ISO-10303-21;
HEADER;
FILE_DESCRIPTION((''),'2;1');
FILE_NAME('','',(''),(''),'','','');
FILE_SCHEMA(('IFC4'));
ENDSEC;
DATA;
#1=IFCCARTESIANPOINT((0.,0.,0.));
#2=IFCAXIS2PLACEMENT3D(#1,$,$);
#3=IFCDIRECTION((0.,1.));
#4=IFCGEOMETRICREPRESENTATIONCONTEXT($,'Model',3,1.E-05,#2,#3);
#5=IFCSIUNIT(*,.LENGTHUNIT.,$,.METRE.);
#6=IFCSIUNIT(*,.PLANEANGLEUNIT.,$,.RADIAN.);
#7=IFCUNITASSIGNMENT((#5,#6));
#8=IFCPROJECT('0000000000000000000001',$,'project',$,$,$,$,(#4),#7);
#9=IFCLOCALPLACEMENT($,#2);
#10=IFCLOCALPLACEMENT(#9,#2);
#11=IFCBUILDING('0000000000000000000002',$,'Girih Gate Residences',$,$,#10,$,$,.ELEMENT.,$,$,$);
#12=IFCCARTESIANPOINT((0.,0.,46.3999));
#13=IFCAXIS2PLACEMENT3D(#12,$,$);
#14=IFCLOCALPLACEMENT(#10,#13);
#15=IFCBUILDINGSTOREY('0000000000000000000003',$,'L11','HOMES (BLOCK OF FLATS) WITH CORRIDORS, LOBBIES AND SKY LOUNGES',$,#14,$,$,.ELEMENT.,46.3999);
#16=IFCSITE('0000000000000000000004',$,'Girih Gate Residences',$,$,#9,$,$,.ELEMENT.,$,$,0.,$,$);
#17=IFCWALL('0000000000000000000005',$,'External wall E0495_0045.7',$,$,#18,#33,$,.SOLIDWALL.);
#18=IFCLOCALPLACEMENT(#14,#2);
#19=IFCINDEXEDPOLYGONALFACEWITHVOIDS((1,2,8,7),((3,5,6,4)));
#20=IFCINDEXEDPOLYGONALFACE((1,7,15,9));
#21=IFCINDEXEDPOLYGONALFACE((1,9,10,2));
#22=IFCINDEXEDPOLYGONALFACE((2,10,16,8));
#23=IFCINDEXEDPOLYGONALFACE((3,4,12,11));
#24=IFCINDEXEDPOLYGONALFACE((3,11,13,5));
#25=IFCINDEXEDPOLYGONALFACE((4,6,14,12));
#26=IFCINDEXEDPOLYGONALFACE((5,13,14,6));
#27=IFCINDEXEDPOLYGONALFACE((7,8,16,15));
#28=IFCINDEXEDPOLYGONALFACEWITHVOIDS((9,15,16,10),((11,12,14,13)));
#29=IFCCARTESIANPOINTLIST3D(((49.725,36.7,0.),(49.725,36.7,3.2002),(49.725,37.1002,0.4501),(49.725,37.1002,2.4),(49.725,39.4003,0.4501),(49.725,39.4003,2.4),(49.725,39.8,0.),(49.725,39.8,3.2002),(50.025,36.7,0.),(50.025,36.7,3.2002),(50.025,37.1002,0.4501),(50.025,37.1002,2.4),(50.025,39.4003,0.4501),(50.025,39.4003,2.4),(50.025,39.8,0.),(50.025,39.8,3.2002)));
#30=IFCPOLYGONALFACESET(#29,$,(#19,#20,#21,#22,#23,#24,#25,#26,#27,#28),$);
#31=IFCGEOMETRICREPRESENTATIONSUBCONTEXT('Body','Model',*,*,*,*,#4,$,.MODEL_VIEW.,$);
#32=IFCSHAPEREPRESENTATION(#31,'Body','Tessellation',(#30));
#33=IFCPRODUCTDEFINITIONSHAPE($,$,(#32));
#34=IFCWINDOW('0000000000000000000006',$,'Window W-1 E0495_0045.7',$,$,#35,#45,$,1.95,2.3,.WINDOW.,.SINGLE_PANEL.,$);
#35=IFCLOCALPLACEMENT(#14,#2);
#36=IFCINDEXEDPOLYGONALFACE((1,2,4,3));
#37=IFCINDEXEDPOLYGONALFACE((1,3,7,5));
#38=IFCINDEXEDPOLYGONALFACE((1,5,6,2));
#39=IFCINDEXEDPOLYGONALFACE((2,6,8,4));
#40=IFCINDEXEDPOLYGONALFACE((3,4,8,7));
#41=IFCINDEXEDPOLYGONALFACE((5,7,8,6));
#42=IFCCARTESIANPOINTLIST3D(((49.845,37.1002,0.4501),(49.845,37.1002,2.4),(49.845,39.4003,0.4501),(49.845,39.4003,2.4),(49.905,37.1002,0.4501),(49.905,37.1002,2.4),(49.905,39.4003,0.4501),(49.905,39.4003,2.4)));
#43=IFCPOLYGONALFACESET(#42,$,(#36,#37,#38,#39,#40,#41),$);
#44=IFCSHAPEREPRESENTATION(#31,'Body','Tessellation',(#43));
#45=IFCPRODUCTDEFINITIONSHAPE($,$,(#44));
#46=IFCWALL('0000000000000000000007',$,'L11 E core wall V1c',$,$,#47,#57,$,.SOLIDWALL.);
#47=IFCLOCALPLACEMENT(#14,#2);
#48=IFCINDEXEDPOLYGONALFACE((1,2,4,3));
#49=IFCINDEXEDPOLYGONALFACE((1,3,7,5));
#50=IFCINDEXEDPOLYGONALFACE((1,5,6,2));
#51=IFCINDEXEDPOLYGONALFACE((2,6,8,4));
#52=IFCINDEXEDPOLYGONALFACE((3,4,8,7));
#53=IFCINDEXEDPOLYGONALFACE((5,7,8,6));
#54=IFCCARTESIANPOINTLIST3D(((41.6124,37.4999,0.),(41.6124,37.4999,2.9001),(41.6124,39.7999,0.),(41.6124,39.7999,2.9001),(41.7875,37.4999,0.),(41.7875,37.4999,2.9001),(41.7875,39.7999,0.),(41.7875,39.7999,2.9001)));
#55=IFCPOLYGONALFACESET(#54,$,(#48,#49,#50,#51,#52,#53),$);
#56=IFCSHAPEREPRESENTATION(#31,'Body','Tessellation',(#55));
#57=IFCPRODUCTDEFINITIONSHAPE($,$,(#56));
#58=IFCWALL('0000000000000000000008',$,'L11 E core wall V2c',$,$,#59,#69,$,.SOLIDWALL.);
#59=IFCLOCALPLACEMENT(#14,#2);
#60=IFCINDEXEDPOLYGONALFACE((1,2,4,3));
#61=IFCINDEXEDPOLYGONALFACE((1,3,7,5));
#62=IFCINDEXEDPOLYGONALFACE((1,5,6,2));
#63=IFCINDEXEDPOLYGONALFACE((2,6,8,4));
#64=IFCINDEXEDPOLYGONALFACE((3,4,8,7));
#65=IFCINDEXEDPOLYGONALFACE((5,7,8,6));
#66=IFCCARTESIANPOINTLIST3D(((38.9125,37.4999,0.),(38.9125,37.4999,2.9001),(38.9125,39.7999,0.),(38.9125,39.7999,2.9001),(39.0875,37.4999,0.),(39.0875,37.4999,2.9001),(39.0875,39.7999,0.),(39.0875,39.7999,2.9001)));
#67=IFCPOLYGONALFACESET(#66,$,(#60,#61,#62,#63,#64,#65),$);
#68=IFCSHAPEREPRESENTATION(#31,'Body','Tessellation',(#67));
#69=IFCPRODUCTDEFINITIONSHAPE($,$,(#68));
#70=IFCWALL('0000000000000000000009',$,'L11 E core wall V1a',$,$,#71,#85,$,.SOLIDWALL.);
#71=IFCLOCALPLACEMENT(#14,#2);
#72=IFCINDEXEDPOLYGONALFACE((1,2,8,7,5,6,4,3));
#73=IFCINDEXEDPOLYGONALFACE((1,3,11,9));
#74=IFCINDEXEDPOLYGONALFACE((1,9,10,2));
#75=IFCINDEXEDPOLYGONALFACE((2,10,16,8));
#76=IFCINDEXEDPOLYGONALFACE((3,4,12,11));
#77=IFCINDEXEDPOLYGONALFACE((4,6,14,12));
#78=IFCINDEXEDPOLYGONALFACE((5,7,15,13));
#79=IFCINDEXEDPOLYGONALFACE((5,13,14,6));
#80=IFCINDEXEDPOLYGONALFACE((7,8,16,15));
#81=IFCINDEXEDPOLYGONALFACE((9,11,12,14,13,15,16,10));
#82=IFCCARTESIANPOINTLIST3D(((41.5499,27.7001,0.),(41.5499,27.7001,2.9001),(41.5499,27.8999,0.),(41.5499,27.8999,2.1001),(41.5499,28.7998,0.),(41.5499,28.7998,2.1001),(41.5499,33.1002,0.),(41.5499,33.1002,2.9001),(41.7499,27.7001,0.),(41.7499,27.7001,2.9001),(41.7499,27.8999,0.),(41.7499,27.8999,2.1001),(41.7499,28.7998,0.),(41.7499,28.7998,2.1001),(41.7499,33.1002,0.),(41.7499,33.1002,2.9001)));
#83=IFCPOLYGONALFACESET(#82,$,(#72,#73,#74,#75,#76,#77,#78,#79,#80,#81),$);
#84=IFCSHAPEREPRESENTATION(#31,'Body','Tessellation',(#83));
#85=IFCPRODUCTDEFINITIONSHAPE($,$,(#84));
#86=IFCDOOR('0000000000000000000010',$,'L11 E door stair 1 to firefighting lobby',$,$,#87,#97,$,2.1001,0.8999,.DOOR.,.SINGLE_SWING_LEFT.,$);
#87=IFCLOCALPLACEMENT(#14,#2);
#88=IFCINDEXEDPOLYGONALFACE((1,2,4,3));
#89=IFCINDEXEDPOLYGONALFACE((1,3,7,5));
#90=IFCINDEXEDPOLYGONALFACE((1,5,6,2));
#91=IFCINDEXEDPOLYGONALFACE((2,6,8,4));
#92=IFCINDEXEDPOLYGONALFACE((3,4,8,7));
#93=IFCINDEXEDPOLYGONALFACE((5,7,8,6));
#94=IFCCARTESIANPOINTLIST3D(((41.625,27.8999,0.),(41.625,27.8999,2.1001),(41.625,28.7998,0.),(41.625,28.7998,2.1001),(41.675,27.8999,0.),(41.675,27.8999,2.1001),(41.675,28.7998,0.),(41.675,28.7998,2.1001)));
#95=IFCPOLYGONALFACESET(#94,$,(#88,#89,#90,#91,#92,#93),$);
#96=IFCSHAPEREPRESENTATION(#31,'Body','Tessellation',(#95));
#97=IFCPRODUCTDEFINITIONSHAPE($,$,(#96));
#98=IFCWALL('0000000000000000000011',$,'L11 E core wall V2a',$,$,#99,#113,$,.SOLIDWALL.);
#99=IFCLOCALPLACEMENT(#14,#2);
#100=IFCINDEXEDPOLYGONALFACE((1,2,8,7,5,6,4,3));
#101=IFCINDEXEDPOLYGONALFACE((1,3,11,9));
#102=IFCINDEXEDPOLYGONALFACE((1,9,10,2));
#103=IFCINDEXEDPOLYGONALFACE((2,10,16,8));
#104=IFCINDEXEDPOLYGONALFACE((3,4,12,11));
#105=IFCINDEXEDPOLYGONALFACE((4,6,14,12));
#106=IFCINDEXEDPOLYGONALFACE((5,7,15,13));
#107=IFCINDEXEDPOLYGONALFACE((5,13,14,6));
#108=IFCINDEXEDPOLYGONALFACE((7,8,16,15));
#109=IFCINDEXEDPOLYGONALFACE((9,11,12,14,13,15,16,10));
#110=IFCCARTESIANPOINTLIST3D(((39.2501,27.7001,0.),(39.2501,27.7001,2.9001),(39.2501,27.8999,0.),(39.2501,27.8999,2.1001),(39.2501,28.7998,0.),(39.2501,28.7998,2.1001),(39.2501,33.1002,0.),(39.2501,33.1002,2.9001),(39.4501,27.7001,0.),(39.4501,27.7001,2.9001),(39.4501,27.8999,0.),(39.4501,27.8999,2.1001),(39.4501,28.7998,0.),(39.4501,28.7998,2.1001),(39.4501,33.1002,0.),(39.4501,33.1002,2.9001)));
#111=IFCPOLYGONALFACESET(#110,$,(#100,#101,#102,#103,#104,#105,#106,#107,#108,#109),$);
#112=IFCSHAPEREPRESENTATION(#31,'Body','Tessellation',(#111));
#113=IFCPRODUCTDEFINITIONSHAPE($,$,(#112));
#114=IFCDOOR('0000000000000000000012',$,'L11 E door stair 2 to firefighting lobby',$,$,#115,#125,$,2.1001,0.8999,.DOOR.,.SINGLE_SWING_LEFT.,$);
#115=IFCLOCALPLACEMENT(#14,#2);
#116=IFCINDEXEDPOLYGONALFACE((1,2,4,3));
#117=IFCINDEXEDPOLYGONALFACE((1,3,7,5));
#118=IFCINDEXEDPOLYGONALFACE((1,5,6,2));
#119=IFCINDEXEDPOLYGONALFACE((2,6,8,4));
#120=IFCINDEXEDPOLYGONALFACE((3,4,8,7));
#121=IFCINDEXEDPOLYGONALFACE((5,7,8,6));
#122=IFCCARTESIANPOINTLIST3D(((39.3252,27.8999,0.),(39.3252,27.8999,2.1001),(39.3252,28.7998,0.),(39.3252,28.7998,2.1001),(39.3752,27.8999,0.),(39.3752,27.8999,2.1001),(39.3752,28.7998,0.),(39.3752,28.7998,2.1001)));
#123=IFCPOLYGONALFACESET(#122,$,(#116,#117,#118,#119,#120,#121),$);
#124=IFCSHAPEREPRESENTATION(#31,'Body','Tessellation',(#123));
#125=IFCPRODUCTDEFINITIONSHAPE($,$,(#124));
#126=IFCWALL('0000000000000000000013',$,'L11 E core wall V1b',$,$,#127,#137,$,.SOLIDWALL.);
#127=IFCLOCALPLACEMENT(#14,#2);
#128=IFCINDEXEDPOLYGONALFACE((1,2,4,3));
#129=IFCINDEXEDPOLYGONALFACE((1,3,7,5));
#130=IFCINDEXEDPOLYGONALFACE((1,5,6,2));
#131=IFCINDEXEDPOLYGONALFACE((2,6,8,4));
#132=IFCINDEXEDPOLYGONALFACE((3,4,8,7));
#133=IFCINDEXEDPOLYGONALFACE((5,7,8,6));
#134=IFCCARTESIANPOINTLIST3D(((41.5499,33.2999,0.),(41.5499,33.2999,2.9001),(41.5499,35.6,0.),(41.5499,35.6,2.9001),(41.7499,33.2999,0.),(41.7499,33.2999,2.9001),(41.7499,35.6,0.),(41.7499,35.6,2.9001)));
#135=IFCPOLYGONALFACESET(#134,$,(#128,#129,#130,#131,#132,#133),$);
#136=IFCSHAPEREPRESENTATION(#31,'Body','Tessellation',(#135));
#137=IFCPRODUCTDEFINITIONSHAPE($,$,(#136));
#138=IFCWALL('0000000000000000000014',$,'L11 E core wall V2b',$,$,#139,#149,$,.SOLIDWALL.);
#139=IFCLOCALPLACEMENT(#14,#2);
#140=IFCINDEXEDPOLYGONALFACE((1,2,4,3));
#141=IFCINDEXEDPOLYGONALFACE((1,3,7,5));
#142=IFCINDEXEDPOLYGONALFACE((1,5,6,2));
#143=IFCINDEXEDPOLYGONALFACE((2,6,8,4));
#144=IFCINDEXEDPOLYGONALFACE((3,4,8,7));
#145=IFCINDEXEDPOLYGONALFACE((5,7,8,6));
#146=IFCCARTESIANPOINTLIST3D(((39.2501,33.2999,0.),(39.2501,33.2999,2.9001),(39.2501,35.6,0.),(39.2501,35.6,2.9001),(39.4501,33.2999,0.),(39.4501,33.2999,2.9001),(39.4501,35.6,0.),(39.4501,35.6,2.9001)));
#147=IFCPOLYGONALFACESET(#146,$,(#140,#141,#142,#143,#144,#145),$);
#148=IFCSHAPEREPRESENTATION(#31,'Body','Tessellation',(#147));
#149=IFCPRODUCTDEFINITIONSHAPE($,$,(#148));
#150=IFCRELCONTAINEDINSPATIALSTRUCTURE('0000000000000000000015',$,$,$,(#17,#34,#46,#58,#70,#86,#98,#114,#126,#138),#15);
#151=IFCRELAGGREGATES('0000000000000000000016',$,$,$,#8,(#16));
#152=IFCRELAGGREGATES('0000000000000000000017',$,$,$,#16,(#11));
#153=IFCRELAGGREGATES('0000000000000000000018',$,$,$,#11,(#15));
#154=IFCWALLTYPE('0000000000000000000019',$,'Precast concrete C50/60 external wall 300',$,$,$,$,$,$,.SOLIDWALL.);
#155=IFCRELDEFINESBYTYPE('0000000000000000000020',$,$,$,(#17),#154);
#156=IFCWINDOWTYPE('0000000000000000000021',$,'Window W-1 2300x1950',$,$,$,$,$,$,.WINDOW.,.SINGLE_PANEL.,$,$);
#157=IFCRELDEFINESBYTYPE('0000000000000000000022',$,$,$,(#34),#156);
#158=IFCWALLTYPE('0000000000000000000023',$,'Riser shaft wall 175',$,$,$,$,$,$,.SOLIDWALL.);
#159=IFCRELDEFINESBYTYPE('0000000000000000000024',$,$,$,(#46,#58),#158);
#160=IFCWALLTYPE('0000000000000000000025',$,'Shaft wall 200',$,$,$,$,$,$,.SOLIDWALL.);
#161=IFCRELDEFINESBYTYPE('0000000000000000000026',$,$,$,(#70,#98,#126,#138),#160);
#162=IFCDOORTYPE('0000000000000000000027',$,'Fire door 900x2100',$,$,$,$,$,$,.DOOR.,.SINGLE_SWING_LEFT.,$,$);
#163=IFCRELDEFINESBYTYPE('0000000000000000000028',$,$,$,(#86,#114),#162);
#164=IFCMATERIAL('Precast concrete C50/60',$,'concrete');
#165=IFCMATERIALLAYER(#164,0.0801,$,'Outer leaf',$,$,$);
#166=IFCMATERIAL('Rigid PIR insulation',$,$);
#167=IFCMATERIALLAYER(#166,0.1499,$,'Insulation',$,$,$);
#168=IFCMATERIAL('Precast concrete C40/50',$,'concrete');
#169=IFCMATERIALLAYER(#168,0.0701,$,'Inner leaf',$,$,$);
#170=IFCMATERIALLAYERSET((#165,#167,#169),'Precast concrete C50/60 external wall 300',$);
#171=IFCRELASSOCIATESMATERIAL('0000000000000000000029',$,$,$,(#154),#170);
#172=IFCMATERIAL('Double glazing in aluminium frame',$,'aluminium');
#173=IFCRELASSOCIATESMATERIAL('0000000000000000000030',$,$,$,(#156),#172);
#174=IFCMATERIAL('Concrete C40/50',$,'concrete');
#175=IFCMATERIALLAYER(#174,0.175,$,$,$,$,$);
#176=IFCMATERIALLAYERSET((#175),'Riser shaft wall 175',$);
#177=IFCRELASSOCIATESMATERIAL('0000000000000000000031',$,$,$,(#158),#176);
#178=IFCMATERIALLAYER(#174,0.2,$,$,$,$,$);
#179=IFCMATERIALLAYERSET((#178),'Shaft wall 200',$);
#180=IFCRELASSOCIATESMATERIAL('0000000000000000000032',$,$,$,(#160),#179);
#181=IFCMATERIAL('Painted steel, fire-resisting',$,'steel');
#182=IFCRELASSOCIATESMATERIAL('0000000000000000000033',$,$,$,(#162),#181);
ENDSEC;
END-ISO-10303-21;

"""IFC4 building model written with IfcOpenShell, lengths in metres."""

from ifc_helpers import new_model, si_unit, direction, frame, frame_2d, origin, place, context, subcontext, project, spatial, rectangle, extrude, material, layer, layer_set, type_object, element, fill, save


model = new_model("IFC4")

# Units and contexts
model_context = context("Model", 3, precision=1e-05, world=origin(), true_north=direction((0.0, 1.0)))
body_context = subcontext(model_context, "Body", "Model", "MODEL_VIEW")
ifc_project = project(units=[si_unit("LENGTHUNIT", "METRE"), si_unit("PLANEANGLEUNIT", "RADIAN")], contexts=[model_context])

# Site, building, storey
site_placement = place(None, origin())
site = spatial("IfcSite", under=ifc_project, at=site_placement, Name="Girih Gate Residences", CompositionType="ELEMENT", RefElevation=0.0)
building_placement = place(site_placement, origin())
building = spatial("IfcBuilding", under=site, at=building_placement, Name="Girih Gate Residences", CompositionType="ELEMENT")
storey_placement = place(building_placement, frame((0.0, 0.0, 46.3999)))
storey = spatial("IfcBuildingStorey", under=building, at=storey_placement, Name="L11", Description="HOMES (BLOCK OF FLATS) WITH CORRIDORS, LOBBIES AND SKY LOUNGES", CompositionType="ELEMENT", Elevation=46.3999)

# Wall, opening, window
ifc_material_1 = material(Name="Precast concrete C50/60", Category="concrete")
ifc_layer_1 = layer(ifc_material_1, 0.0801, Name="Outer leaf")
ifc_material_2 = material(Name="Rigid PIR insulation")
ifc_layer_2 = layer(ifc_material_2, 0.1499, Name="Insulation")
ifc_material_3 = material(Name="Precast concrete C40/50", Category="concrete")
ifc_layer_3 = layer(ifc_material_3, 0.0701, Name="Inner leaf")
ifc_layer_set_1 = layer_set([ifc_layer_1, ifc_layer_2, ifc_layer_3], Name="Precast concrete C50/60 external wall 300")
wall_type_1 = type_object("IfcWallType", Name="Precast concrete C50/60 external wall 300", PredefinedType="SOLIDWALL", material=ifc_layer_set_1)
ifc_material_4 = material(Name="Double glazing in aluminium frame", Category="aluminium")
window_type = type_object("IfcWindowType", Name="Window W-1 2300x1950", PartitioningType="SINGLE_PANEL", PredefinedType="WINDOW", material=ifc_material_4)
wall_1_placement = place(storey_placement, frame((49.875, 39.8, 0.0), z_axis=(0.0, 0.0, 1.0), x_axis=(0.0, -1.0, 0.0)))
wall_1 = element("IfcWall", 1, at=wall_1_placement, inside=storey, type_object=wall_type_1, Name="External wall E0495_0045.7", PredefinedType="SOLIDWALL", context=body_context, shape_type="SweptSolid", body=[
    extrude(rectangle(XDim=3.1001, YDim=0.3, at=frame_2d((1.55, 0.0))), origin(), (0.0, 0.0, 1.0), 3.2002),
])
opening_1_placement = place(wall_1_placement, frame((0.3999, 0.0, 0.45)))
opening_1 = element("IfcOpeningElement", 2, at=opening_1_placement, cuts=wall_1, PredefinedType="OPENING", context=body_context, shape_type="SweptSolid", body=[
    extrude(rectangle(XDim=2.3, YDim=1.95, at=frame_2d((1.1499, 0.9751))), frame((0.0, 0.1599, 0.0), z_axis=(0.0, -1.0, 0.0), x_axis=(1.0, 0.0, 0.0)), (0.0, 0.0, 1.0), 0.3201),
])
window_1_placement = place(opening_1_placement, origin())
window_1 = element("IfcWindow", 3, at=window_1_placement, inside=storey, type_object=window_type, Name="Window W-1 E0495_0045.7", OverallHeight=1.95, OverallWidth=2.3, PartitioningType="SINGLE_PANEL", PredefinedType="WINDOW", context=body_context, shape_type="SweptSolid", body=[
    extrude(rectangle(XDim=2.3, YDim=1.95, at=frame_2d((1.1499, 0.9751))), frame((0.0, 0.03, 0.0), z_axis=(0.0, -1.0, 0.0), x_axis=(1.0, 0.0, 0.0)), (0.0, 0.0, 1.0), 0.0601),
])
fill(opening_1, window_1)

# Walls
ifc_material_5 = material(Name="Concrete C40/50", Category="concrete")
ifc_layer_4 = layer(ifc_material_5, 0.175)
ifc_layer_set_2 = layer_set([ifc_layer_4], Name="Riser shaft wall 175")
wall_type_2 = type_object("IfcWallType", Name="Riser shaft wall 175", PredefinedType="SOLIDWALL", material=ifc_layer_set_2)
for number, where, z_axis, x_axis, name in (
    (4, (41.7, 37.5, 0.0), (0.0, 0.0, 1.0), (0.0, 1.0, 0.0), "L11 E core wall V1c"),
    (5, (39.0, 37.5, 0.0), (0.0, 0.0, 1.0), (0.0, 1.0, 0.0), "L11 E core wall V2c"),
):
    element("IfcWall", number, at=place(storey_placement, frame(where, z_axis=z_axis, x_axis=x_axis)), inside=storey, type_object=wall_type_2, Name=name, PredefinedType="SOLIDWALL", context=body_context, shape_type="SweptSolid", body=[
        extrude(rectangle(XDim=2.3, YDim=0.175, at=frame_2d((1.1499, 0.0))), origin(), (0.0, 0.0, 1.0), 2.9001),
    ])

# Walls, openings, doors
ifc_layer_5 = layer(ifc_material_5, 0.2)
ifc_layer_set_3 = layer_set([ifc_layer_5], Name="Shaft wall 200")
wall_type_3 = type_object("IfcWallType", Name="Shaft wall 200", PredefinedType="SOLIDWALL", material=ifc_layer_set_3)
wall_2_placement = place(storey_placement, frame((41.6499, 27.7, 0.0), z_axis=(0.0, 0.0, 1.0), x_axis=(0.0, 1.0, 0.0)))
wall_2 = element("IfcWall", 6, at=wall_2_placement, inside=storey, type_object=wall_type_3, Name="L11 E core wall V1a", PredefinedType="SOLIDWALL", context=body_context, shape_type="SweptSolid", body=[
    extrude(rectangle(XDim=5.4001, YDim=0.2, at=frame_2d((2.7002, 0.0))), origin(), (0.0, 0.0, 1.0), 2.9001),
])
opening_2_placement = place(wall_2_placement, frame((0.2, 0.0, 0.0)))
opening_2 = element("IfcOpeningElement", 7, at=opening_2_placement, cuts=wall_2, PredefinedType="OPENING", context=body_context, shape_type="SweptSolid", body=[
    extrude(rectangle(XDim=0.8999, YDim=2.1001, at=frame_2d((0.45, 1.05))), frame((0.0, 0.1099, 0.0), z_axis=(0.0, -1.0, 0.0), x_axis=(1.0, 0.0, 0.0)), (0.0, 0.0, 1.0), 0.22),
])
ifc_material_6 = material(Name="Painted steel, fire-resisting", Category="steel")
door_type_1 = type_object("IfcDoorType", Name="Fire door 900x2100", OperationType="SINGLE_SWING_LEFT", PredefinedType="DOOR", material=ifc_material_6)
door_1_placement = place(opening_2_placement, origin())
door_1 = element("IfcDoor", 8, at=door_1_placement, inside=storey, type_object=door_type_1, Name="L11 E door stair 1 to firefighting lobby", OperationType="SINGLE_SWING_LEFT", OverallHeight=2.1001, OverallWidth=0.8999, PredefinedType="DOOR", context=body_context, shape_type="SweptSolid", body=[
    extrude(rectangle(XDim=0.8999, YDim=2.1001, at=frame_2d((0.45, 1.05))), frame((0.0, 0.0249, 0.0), z_axis=(0.0, -1.0, 0.0), x_axis=(1.0, 0.0, 0.0)), (0.0, 0.0, 1.0), 0.05),
])
fill(opening_2, door_1)
wall_3_placement = place(storey_placement, frame((39.3501, 27.7, 0.0), z_axis=(0.0, 0.0, 1.0), x_axis=(0.0, 1.0, 0.0)))
wall_3 = element("IfcWall", 9, at=wall_3_placement, inside=storey, type_object=wall_type_3, Name="L11 E core wall V2a", PredefinedType="SOLIDWALL", context=body_context, shape_type="SweptSolid", body=[
    extrude(rectangle(XDim=5.4001, YDim=0.2, at=frame_2d((2.7002, 0.0))), origin(), (0.0, 0.0, 1.0), 2.9001),
])
opening_3_placement = place(wall_3_placement, frame((0.2, 0.0, 0.0)))
opening_3 = element("IfcOpeningElement", 10, at=opening_3_placement, cuts=wall_3, PredefinedType="OPENING", context=body_context, shape_type="SweptSolid", body=[
    extrude(rectangle(XDim=0.8999, YDim=2.1001, at=frame_2d((0.45, 1.05))), frame((0.0, 0.1099, 0.0), z_axis=(0.0, -1.0, 0.0), x_axis=(1.0, 0.0, 0.0)), (0.0, 0.0, 1.0), 0.22),
])
door_2_placement = place(opening_3_placement, origin())
door_2 = element("IfcDoor", 11, at=door_2_placement, inside=storey, type_object=door_type_1, Name="L11 E door stair 2 to firefighting lobby", OperationType="SINGLE_SWING_LEFT", OverallHeight=2.1001, OverallWidth=0.8999, PredefinedType="DOOR", context=body_context, shape_type="SweptSolid", body=[
    extrude(rectangle(XDim=0.8999, YDim=2.1001, at=frame_2d((0.45, 1.05))), frame((0.0, 0.0249, 0.0), z_axis=(0.0, -1.0, 0.0), x_axis=(1.0, 0.0, 0.0)), (0.0, 0.0, 1.0), 0.05),
])
fill(opening_3, door_2)

# Walls
for number, where, z_axis, x_axis, name in (
    (12, (41.6499, 33.3, 0.0), (0.0, 0.0, 1.0), (0.0, 1.0, 0.0), "L11 E core wall V1b"),
    (13, (39.3501, 33.3, 0.0), (0.0, 0.0, 1.0), (0.0, 1.0, 0.0), "L11 E core wall V2b"),
):
    element("IfcWall", number, at=place(storey_placement, frame(where, z_axis=z_axis, x_axis=x_axis)), inside=storey, type_object=wall_type_3, Name=name, PredefinedType="SOLIDWALL", context=body_context, shape_type="SweptSolid", body=[
        extrude(rectangle(XDim=2.3, YDim=0.2, at=frame_2d((1.1499, 0.0))), origin(), (0.0, 0.0, 1.0), 2.9001),
    ])

save(model, "model.ifc")
